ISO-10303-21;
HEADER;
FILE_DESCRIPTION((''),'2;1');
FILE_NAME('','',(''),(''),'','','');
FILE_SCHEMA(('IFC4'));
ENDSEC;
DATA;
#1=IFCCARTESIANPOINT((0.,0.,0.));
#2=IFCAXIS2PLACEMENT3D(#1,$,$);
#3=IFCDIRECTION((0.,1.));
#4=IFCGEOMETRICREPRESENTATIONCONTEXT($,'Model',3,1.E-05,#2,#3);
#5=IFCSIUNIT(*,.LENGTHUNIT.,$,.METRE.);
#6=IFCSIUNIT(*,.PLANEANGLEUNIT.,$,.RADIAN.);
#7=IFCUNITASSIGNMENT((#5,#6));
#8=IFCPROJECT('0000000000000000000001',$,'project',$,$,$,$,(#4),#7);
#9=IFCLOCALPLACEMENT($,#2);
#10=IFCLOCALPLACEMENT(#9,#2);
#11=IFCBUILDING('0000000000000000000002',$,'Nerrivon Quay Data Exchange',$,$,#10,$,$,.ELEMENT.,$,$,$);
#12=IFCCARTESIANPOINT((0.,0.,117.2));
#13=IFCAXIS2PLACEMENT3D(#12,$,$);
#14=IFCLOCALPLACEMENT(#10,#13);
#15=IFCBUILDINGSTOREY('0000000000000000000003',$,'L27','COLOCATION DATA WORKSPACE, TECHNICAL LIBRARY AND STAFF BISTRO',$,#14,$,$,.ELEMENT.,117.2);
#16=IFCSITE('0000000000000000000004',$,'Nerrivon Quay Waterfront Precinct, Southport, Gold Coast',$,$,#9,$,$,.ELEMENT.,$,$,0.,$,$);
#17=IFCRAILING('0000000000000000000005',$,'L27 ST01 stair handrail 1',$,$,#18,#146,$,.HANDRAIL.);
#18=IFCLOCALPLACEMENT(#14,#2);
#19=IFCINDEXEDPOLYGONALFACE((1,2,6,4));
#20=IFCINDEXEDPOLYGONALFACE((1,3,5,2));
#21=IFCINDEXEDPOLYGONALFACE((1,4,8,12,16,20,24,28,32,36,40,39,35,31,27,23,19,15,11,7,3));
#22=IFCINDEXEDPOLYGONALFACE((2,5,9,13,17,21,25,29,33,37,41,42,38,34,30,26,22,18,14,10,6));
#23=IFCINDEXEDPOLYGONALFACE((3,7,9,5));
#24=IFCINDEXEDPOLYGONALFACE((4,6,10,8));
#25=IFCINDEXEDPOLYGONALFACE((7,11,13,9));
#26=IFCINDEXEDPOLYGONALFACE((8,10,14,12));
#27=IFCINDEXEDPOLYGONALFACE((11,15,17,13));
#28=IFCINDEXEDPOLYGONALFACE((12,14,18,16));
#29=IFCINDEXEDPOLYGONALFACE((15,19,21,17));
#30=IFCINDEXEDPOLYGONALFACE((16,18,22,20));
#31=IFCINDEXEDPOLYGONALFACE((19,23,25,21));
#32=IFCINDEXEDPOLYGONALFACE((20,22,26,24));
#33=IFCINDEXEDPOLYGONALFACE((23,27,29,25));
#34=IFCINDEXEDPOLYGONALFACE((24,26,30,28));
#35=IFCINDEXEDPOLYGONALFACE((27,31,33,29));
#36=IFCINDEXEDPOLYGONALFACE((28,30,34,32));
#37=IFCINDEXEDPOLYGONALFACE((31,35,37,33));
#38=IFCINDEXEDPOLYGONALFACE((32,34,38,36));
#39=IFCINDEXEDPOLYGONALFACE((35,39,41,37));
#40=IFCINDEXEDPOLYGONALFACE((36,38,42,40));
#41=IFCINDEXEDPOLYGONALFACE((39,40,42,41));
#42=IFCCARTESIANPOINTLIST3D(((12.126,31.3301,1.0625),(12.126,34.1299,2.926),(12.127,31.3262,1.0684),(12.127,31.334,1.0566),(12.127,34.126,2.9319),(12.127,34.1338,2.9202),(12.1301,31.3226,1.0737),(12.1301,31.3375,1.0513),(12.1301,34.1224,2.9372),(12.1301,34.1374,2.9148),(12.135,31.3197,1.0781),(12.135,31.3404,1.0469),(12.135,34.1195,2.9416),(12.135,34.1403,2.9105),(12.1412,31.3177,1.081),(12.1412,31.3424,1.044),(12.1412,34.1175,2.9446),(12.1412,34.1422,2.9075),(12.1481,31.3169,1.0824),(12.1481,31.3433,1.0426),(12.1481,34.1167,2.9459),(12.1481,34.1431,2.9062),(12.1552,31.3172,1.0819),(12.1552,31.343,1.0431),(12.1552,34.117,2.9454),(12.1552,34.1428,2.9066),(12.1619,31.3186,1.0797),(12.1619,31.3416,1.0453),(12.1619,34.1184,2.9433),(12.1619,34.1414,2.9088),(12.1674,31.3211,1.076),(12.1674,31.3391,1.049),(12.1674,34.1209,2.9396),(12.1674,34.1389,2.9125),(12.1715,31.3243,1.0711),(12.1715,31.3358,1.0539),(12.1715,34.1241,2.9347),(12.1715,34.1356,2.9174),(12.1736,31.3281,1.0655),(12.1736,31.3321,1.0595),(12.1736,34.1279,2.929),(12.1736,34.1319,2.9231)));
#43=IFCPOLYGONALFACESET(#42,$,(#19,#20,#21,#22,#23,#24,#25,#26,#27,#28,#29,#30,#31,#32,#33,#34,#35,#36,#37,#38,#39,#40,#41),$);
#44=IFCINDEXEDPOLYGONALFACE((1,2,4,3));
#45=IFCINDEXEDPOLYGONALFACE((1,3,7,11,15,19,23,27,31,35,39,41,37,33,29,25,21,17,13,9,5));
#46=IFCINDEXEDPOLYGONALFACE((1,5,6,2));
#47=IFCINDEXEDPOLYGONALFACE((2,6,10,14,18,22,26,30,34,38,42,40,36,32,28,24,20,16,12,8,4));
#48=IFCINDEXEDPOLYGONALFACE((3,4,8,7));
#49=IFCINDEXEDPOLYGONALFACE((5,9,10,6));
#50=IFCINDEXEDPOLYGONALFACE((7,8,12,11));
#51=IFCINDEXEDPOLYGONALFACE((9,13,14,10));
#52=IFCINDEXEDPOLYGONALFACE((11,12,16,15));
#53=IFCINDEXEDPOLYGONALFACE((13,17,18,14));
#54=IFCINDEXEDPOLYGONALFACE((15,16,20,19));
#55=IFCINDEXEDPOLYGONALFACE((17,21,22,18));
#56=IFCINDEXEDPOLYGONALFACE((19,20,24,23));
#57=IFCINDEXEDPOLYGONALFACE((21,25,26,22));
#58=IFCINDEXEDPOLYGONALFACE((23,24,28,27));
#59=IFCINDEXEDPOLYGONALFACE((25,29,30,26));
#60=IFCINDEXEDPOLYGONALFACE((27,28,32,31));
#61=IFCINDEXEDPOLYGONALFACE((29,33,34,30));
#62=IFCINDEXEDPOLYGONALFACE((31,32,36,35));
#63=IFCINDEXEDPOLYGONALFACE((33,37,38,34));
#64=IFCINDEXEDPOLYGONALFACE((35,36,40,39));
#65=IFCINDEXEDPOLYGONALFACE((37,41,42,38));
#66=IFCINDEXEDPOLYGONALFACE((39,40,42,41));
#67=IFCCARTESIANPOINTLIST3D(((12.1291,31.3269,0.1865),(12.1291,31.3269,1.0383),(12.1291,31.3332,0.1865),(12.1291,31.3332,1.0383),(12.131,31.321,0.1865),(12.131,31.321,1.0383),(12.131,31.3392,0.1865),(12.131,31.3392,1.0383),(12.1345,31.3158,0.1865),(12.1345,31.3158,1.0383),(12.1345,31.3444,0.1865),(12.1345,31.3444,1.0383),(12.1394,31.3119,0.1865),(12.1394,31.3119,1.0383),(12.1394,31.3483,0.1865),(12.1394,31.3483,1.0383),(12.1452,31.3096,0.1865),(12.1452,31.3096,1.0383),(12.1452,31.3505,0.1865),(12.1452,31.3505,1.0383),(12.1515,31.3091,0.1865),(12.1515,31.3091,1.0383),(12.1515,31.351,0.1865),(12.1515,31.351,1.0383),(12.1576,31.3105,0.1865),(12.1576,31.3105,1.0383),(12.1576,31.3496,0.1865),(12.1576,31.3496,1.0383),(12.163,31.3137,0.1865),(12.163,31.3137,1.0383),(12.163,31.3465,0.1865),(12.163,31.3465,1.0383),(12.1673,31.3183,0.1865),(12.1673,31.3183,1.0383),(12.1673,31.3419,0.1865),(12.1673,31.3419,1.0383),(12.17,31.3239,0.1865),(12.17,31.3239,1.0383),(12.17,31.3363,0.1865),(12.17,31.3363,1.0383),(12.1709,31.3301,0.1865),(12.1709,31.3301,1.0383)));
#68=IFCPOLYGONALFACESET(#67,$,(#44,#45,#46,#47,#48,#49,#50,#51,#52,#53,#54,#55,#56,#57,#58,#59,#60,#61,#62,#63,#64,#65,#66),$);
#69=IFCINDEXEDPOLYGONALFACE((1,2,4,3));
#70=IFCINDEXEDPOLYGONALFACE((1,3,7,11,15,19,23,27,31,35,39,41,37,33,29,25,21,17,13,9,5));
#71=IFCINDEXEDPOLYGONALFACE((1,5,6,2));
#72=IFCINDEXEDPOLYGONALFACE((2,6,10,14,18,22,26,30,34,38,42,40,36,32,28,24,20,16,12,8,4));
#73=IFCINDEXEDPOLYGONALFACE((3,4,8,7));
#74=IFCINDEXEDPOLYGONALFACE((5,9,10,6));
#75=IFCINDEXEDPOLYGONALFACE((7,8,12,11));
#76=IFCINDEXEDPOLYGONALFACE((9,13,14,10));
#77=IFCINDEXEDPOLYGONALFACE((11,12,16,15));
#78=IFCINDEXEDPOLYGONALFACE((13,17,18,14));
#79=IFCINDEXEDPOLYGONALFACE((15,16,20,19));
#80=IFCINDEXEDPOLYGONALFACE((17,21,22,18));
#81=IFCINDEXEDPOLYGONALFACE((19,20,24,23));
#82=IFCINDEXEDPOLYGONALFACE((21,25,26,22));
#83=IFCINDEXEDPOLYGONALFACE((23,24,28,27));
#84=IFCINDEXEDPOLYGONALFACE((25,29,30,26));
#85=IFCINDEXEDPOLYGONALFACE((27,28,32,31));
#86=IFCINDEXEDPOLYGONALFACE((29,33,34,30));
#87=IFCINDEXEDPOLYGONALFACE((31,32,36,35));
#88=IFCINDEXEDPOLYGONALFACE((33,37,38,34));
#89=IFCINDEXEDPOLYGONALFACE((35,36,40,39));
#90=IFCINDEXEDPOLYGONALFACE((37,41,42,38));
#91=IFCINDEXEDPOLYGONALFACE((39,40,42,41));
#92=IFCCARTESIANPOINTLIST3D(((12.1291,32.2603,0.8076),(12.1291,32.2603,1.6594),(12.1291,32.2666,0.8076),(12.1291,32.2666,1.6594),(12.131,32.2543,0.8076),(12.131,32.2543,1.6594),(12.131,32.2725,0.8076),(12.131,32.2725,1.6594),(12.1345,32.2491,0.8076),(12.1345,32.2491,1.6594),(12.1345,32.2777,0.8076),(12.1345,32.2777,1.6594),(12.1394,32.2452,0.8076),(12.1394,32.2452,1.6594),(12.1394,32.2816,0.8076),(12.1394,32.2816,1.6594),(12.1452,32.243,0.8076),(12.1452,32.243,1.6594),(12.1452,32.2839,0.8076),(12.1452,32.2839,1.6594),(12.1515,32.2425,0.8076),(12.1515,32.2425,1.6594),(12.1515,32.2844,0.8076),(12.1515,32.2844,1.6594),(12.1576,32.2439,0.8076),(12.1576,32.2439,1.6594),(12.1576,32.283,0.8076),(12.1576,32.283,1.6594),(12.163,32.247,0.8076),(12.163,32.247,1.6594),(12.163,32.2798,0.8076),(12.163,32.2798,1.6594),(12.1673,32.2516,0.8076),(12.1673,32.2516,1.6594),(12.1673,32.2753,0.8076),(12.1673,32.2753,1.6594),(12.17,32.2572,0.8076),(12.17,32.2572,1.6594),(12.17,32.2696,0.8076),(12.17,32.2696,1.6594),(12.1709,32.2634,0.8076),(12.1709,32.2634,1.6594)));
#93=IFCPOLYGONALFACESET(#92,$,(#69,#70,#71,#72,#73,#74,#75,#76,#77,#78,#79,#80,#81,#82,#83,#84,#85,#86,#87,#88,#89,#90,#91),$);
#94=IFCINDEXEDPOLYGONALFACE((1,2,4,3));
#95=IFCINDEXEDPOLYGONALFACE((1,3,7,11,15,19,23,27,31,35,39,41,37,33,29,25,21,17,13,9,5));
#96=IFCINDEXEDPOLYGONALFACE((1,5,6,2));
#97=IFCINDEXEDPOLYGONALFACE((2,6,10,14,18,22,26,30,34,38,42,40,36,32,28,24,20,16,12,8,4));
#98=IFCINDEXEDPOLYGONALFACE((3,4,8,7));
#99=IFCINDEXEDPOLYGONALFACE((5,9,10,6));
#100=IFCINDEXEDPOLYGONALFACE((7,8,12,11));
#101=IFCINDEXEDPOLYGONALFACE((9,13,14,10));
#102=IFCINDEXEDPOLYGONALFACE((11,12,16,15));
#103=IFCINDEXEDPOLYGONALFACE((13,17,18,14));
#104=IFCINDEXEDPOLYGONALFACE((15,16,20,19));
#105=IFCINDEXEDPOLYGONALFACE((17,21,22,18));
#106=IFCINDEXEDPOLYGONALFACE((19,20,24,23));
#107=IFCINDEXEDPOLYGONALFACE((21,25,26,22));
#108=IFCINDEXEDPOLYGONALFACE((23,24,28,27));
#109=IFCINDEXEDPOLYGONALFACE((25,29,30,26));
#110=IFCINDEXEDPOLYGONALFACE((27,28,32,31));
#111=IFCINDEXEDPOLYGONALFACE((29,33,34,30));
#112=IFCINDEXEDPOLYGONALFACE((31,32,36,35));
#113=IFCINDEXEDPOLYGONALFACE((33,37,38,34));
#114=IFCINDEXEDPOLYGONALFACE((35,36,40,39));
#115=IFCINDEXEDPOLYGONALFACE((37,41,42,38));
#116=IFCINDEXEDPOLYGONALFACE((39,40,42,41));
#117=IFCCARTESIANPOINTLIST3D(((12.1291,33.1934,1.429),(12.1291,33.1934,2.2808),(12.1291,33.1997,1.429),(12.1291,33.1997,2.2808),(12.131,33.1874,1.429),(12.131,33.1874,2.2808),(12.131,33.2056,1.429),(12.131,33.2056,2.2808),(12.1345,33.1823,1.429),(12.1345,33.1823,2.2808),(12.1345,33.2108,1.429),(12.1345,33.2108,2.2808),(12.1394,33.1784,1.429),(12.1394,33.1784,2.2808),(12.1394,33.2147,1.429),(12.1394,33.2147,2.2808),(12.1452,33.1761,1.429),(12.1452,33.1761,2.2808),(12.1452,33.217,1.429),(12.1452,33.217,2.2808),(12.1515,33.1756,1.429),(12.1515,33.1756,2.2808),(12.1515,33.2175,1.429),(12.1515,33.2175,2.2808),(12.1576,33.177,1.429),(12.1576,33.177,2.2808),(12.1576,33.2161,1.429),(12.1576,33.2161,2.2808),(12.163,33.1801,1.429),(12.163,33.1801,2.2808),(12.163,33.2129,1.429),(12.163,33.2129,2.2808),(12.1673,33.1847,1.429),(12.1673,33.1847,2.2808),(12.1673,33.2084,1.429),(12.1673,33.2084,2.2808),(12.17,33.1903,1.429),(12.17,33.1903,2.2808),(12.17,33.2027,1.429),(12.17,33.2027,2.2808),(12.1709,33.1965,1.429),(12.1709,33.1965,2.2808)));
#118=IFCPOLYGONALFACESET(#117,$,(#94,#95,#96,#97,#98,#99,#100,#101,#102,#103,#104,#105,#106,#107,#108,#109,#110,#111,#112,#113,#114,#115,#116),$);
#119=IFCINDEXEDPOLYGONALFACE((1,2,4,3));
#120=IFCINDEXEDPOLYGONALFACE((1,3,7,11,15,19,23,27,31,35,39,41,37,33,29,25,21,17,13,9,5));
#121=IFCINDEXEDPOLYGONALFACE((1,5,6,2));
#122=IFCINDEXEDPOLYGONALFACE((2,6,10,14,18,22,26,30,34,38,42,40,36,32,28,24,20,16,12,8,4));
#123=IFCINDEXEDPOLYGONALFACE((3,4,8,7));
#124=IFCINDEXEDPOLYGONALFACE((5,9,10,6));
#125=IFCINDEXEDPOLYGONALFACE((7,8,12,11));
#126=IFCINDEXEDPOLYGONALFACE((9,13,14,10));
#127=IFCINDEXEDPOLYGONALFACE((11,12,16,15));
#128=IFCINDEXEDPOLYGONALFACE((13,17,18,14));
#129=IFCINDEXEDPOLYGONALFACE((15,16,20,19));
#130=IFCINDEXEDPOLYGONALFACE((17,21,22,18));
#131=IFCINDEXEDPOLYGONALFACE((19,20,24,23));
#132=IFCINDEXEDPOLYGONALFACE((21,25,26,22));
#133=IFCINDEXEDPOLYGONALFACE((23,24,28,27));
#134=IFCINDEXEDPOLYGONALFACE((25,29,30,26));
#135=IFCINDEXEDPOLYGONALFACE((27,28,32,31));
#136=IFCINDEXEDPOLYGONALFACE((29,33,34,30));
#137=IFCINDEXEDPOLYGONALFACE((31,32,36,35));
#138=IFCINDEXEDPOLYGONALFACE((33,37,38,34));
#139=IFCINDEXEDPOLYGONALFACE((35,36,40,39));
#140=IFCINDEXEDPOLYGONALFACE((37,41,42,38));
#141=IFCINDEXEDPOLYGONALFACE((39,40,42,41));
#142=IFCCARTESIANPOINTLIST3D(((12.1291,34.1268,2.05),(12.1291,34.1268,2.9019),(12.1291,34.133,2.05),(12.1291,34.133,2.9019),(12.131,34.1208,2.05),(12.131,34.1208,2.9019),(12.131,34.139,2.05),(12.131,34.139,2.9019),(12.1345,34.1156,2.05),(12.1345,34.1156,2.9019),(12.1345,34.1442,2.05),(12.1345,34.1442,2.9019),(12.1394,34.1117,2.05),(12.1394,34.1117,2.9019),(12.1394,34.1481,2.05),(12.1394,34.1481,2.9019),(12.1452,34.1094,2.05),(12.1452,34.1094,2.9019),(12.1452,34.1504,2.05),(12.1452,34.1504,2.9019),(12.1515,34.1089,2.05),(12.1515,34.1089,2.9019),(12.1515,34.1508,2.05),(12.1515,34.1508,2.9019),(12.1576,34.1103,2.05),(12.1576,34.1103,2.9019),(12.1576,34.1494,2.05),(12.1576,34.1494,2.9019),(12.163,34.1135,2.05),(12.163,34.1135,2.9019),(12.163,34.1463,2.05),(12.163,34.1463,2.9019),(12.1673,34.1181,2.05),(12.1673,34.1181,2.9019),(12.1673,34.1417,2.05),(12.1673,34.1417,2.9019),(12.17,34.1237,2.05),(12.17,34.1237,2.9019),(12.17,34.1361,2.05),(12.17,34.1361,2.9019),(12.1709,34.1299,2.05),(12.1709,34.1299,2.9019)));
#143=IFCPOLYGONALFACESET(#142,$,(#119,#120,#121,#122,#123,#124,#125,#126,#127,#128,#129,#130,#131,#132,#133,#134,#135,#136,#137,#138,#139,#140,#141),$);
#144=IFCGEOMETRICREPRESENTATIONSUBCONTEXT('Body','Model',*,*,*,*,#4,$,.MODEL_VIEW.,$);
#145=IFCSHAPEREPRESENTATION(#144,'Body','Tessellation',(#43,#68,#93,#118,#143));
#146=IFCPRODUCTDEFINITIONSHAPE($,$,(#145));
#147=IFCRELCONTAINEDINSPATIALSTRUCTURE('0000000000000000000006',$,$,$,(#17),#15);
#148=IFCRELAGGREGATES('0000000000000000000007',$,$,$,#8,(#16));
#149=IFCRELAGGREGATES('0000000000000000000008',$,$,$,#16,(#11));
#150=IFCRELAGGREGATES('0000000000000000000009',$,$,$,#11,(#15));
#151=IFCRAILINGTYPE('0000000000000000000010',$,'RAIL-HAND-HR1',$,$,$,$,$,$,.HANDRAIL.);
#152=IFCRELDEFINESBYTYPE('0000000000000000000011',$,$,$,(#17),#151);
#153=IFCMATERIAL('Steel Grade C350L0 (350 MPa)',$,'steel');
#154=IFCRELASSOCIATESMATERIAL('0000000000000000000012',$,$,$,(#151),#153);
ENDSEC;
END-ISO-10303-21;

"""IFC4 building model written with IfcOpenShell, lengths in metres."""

from ifc_helpers import new_model, si_unit, direction, frame, origin, origin_2d, place, context, subcontext, project, spatial, circle, extrude, material, type_object, element, save


model = new_model("IFC4")

# Units and contexts
model_context = context("Model", 3, precision=1e-05, world=origin(), true_north=direction((0.0, 1.0)))
body_context = subcontext(model_context, "Body", "Model", "MODEL_VIEW")
ifc_project = project(units=[si_unit("LENGTHUNIT", "METRE"), si_unit("PLANEANGLEUNIT", "RADIAN")], contexts=[model_context])

# Site, building, storey
site_placement = place(None, origin())
site = spatial("IfcSite", under=ifc_project, at=site_placement, Name="Nerrivon Quay Waterfront Precinct, Southport, Gold Coast", CompositionType="ELEMENT", RefElevation=0.0)
building_placement = place(site_placement, origin())
building = spatial("IfcBuilding", under=site, at=building_placement, Name="Nerrivon Quay Data Exchange", CompositionType="ELEMENT")
storey_placement = place(building_placement, frame((0.0, 0.0, 117.2)))
storey = spatial("IfcBuildingStorey", under=building, at=storey_placement, Name="L27", Description="COLOCATION DATA WORKSPACE, TECHNICAL LIBRARY AND STAFF BISTRO", CompositionType="ELEMENT", Elevation=117.2)

# Railing
ifc_material_1 = material(Name="Steel Grade C350L0 (350 MPa)", Category="steel")
railing_type_1 = type_object("IfcRailingType", Name="RAIL-HAND-HR1", PredefinedType="HANDRAIL", material=ifc_material_1)
railing_1_placement = place(storey_placement, frame((12.1499, 31.3301, 0.1865)))
element("IfcRailing", 1, at=railing_1_placement, inside=storey, type_object=railing_type_1, Name="L27 ST01 stair handrail 1", PredefinedType="HANDRAIL", context=body_context, shape_type="SweptSolid", body=[
    extrude(circle(Radius=0.0239, at=origin_2d()), frame((0.0, 0.0, 0.876), z_axis=(0.0, 0.832463, 0.55408), x_axis=(-1.0, 0.0, 0.0)), (0.0, 0.0, 1.0), 3.3633),
    extrude(circle(Radius=0.021, at=origin_2d()), origin(), (0.0, 0.0, 1.0), 0.8518),
    extrude(circle(Radius=0.021, at=origin_2d()), frame((0.0, 0.9333, 0.6211)), (0.0, 0.0, 1.0), 0.8518),
    extrude(circle(Radius=0.021, at=origin_2d()), frame((0.0, 1.8665, 1.2424)), (0.0, 0.0, 1.0), 0.8518),
    extrude(circle(Radius=0.021, at=origin_2d()), frame((0.0, 2.7998, 1.8635)), (0.0, 0.0, 1.0), 0.8518),
])

save(model, "model.ifc")
